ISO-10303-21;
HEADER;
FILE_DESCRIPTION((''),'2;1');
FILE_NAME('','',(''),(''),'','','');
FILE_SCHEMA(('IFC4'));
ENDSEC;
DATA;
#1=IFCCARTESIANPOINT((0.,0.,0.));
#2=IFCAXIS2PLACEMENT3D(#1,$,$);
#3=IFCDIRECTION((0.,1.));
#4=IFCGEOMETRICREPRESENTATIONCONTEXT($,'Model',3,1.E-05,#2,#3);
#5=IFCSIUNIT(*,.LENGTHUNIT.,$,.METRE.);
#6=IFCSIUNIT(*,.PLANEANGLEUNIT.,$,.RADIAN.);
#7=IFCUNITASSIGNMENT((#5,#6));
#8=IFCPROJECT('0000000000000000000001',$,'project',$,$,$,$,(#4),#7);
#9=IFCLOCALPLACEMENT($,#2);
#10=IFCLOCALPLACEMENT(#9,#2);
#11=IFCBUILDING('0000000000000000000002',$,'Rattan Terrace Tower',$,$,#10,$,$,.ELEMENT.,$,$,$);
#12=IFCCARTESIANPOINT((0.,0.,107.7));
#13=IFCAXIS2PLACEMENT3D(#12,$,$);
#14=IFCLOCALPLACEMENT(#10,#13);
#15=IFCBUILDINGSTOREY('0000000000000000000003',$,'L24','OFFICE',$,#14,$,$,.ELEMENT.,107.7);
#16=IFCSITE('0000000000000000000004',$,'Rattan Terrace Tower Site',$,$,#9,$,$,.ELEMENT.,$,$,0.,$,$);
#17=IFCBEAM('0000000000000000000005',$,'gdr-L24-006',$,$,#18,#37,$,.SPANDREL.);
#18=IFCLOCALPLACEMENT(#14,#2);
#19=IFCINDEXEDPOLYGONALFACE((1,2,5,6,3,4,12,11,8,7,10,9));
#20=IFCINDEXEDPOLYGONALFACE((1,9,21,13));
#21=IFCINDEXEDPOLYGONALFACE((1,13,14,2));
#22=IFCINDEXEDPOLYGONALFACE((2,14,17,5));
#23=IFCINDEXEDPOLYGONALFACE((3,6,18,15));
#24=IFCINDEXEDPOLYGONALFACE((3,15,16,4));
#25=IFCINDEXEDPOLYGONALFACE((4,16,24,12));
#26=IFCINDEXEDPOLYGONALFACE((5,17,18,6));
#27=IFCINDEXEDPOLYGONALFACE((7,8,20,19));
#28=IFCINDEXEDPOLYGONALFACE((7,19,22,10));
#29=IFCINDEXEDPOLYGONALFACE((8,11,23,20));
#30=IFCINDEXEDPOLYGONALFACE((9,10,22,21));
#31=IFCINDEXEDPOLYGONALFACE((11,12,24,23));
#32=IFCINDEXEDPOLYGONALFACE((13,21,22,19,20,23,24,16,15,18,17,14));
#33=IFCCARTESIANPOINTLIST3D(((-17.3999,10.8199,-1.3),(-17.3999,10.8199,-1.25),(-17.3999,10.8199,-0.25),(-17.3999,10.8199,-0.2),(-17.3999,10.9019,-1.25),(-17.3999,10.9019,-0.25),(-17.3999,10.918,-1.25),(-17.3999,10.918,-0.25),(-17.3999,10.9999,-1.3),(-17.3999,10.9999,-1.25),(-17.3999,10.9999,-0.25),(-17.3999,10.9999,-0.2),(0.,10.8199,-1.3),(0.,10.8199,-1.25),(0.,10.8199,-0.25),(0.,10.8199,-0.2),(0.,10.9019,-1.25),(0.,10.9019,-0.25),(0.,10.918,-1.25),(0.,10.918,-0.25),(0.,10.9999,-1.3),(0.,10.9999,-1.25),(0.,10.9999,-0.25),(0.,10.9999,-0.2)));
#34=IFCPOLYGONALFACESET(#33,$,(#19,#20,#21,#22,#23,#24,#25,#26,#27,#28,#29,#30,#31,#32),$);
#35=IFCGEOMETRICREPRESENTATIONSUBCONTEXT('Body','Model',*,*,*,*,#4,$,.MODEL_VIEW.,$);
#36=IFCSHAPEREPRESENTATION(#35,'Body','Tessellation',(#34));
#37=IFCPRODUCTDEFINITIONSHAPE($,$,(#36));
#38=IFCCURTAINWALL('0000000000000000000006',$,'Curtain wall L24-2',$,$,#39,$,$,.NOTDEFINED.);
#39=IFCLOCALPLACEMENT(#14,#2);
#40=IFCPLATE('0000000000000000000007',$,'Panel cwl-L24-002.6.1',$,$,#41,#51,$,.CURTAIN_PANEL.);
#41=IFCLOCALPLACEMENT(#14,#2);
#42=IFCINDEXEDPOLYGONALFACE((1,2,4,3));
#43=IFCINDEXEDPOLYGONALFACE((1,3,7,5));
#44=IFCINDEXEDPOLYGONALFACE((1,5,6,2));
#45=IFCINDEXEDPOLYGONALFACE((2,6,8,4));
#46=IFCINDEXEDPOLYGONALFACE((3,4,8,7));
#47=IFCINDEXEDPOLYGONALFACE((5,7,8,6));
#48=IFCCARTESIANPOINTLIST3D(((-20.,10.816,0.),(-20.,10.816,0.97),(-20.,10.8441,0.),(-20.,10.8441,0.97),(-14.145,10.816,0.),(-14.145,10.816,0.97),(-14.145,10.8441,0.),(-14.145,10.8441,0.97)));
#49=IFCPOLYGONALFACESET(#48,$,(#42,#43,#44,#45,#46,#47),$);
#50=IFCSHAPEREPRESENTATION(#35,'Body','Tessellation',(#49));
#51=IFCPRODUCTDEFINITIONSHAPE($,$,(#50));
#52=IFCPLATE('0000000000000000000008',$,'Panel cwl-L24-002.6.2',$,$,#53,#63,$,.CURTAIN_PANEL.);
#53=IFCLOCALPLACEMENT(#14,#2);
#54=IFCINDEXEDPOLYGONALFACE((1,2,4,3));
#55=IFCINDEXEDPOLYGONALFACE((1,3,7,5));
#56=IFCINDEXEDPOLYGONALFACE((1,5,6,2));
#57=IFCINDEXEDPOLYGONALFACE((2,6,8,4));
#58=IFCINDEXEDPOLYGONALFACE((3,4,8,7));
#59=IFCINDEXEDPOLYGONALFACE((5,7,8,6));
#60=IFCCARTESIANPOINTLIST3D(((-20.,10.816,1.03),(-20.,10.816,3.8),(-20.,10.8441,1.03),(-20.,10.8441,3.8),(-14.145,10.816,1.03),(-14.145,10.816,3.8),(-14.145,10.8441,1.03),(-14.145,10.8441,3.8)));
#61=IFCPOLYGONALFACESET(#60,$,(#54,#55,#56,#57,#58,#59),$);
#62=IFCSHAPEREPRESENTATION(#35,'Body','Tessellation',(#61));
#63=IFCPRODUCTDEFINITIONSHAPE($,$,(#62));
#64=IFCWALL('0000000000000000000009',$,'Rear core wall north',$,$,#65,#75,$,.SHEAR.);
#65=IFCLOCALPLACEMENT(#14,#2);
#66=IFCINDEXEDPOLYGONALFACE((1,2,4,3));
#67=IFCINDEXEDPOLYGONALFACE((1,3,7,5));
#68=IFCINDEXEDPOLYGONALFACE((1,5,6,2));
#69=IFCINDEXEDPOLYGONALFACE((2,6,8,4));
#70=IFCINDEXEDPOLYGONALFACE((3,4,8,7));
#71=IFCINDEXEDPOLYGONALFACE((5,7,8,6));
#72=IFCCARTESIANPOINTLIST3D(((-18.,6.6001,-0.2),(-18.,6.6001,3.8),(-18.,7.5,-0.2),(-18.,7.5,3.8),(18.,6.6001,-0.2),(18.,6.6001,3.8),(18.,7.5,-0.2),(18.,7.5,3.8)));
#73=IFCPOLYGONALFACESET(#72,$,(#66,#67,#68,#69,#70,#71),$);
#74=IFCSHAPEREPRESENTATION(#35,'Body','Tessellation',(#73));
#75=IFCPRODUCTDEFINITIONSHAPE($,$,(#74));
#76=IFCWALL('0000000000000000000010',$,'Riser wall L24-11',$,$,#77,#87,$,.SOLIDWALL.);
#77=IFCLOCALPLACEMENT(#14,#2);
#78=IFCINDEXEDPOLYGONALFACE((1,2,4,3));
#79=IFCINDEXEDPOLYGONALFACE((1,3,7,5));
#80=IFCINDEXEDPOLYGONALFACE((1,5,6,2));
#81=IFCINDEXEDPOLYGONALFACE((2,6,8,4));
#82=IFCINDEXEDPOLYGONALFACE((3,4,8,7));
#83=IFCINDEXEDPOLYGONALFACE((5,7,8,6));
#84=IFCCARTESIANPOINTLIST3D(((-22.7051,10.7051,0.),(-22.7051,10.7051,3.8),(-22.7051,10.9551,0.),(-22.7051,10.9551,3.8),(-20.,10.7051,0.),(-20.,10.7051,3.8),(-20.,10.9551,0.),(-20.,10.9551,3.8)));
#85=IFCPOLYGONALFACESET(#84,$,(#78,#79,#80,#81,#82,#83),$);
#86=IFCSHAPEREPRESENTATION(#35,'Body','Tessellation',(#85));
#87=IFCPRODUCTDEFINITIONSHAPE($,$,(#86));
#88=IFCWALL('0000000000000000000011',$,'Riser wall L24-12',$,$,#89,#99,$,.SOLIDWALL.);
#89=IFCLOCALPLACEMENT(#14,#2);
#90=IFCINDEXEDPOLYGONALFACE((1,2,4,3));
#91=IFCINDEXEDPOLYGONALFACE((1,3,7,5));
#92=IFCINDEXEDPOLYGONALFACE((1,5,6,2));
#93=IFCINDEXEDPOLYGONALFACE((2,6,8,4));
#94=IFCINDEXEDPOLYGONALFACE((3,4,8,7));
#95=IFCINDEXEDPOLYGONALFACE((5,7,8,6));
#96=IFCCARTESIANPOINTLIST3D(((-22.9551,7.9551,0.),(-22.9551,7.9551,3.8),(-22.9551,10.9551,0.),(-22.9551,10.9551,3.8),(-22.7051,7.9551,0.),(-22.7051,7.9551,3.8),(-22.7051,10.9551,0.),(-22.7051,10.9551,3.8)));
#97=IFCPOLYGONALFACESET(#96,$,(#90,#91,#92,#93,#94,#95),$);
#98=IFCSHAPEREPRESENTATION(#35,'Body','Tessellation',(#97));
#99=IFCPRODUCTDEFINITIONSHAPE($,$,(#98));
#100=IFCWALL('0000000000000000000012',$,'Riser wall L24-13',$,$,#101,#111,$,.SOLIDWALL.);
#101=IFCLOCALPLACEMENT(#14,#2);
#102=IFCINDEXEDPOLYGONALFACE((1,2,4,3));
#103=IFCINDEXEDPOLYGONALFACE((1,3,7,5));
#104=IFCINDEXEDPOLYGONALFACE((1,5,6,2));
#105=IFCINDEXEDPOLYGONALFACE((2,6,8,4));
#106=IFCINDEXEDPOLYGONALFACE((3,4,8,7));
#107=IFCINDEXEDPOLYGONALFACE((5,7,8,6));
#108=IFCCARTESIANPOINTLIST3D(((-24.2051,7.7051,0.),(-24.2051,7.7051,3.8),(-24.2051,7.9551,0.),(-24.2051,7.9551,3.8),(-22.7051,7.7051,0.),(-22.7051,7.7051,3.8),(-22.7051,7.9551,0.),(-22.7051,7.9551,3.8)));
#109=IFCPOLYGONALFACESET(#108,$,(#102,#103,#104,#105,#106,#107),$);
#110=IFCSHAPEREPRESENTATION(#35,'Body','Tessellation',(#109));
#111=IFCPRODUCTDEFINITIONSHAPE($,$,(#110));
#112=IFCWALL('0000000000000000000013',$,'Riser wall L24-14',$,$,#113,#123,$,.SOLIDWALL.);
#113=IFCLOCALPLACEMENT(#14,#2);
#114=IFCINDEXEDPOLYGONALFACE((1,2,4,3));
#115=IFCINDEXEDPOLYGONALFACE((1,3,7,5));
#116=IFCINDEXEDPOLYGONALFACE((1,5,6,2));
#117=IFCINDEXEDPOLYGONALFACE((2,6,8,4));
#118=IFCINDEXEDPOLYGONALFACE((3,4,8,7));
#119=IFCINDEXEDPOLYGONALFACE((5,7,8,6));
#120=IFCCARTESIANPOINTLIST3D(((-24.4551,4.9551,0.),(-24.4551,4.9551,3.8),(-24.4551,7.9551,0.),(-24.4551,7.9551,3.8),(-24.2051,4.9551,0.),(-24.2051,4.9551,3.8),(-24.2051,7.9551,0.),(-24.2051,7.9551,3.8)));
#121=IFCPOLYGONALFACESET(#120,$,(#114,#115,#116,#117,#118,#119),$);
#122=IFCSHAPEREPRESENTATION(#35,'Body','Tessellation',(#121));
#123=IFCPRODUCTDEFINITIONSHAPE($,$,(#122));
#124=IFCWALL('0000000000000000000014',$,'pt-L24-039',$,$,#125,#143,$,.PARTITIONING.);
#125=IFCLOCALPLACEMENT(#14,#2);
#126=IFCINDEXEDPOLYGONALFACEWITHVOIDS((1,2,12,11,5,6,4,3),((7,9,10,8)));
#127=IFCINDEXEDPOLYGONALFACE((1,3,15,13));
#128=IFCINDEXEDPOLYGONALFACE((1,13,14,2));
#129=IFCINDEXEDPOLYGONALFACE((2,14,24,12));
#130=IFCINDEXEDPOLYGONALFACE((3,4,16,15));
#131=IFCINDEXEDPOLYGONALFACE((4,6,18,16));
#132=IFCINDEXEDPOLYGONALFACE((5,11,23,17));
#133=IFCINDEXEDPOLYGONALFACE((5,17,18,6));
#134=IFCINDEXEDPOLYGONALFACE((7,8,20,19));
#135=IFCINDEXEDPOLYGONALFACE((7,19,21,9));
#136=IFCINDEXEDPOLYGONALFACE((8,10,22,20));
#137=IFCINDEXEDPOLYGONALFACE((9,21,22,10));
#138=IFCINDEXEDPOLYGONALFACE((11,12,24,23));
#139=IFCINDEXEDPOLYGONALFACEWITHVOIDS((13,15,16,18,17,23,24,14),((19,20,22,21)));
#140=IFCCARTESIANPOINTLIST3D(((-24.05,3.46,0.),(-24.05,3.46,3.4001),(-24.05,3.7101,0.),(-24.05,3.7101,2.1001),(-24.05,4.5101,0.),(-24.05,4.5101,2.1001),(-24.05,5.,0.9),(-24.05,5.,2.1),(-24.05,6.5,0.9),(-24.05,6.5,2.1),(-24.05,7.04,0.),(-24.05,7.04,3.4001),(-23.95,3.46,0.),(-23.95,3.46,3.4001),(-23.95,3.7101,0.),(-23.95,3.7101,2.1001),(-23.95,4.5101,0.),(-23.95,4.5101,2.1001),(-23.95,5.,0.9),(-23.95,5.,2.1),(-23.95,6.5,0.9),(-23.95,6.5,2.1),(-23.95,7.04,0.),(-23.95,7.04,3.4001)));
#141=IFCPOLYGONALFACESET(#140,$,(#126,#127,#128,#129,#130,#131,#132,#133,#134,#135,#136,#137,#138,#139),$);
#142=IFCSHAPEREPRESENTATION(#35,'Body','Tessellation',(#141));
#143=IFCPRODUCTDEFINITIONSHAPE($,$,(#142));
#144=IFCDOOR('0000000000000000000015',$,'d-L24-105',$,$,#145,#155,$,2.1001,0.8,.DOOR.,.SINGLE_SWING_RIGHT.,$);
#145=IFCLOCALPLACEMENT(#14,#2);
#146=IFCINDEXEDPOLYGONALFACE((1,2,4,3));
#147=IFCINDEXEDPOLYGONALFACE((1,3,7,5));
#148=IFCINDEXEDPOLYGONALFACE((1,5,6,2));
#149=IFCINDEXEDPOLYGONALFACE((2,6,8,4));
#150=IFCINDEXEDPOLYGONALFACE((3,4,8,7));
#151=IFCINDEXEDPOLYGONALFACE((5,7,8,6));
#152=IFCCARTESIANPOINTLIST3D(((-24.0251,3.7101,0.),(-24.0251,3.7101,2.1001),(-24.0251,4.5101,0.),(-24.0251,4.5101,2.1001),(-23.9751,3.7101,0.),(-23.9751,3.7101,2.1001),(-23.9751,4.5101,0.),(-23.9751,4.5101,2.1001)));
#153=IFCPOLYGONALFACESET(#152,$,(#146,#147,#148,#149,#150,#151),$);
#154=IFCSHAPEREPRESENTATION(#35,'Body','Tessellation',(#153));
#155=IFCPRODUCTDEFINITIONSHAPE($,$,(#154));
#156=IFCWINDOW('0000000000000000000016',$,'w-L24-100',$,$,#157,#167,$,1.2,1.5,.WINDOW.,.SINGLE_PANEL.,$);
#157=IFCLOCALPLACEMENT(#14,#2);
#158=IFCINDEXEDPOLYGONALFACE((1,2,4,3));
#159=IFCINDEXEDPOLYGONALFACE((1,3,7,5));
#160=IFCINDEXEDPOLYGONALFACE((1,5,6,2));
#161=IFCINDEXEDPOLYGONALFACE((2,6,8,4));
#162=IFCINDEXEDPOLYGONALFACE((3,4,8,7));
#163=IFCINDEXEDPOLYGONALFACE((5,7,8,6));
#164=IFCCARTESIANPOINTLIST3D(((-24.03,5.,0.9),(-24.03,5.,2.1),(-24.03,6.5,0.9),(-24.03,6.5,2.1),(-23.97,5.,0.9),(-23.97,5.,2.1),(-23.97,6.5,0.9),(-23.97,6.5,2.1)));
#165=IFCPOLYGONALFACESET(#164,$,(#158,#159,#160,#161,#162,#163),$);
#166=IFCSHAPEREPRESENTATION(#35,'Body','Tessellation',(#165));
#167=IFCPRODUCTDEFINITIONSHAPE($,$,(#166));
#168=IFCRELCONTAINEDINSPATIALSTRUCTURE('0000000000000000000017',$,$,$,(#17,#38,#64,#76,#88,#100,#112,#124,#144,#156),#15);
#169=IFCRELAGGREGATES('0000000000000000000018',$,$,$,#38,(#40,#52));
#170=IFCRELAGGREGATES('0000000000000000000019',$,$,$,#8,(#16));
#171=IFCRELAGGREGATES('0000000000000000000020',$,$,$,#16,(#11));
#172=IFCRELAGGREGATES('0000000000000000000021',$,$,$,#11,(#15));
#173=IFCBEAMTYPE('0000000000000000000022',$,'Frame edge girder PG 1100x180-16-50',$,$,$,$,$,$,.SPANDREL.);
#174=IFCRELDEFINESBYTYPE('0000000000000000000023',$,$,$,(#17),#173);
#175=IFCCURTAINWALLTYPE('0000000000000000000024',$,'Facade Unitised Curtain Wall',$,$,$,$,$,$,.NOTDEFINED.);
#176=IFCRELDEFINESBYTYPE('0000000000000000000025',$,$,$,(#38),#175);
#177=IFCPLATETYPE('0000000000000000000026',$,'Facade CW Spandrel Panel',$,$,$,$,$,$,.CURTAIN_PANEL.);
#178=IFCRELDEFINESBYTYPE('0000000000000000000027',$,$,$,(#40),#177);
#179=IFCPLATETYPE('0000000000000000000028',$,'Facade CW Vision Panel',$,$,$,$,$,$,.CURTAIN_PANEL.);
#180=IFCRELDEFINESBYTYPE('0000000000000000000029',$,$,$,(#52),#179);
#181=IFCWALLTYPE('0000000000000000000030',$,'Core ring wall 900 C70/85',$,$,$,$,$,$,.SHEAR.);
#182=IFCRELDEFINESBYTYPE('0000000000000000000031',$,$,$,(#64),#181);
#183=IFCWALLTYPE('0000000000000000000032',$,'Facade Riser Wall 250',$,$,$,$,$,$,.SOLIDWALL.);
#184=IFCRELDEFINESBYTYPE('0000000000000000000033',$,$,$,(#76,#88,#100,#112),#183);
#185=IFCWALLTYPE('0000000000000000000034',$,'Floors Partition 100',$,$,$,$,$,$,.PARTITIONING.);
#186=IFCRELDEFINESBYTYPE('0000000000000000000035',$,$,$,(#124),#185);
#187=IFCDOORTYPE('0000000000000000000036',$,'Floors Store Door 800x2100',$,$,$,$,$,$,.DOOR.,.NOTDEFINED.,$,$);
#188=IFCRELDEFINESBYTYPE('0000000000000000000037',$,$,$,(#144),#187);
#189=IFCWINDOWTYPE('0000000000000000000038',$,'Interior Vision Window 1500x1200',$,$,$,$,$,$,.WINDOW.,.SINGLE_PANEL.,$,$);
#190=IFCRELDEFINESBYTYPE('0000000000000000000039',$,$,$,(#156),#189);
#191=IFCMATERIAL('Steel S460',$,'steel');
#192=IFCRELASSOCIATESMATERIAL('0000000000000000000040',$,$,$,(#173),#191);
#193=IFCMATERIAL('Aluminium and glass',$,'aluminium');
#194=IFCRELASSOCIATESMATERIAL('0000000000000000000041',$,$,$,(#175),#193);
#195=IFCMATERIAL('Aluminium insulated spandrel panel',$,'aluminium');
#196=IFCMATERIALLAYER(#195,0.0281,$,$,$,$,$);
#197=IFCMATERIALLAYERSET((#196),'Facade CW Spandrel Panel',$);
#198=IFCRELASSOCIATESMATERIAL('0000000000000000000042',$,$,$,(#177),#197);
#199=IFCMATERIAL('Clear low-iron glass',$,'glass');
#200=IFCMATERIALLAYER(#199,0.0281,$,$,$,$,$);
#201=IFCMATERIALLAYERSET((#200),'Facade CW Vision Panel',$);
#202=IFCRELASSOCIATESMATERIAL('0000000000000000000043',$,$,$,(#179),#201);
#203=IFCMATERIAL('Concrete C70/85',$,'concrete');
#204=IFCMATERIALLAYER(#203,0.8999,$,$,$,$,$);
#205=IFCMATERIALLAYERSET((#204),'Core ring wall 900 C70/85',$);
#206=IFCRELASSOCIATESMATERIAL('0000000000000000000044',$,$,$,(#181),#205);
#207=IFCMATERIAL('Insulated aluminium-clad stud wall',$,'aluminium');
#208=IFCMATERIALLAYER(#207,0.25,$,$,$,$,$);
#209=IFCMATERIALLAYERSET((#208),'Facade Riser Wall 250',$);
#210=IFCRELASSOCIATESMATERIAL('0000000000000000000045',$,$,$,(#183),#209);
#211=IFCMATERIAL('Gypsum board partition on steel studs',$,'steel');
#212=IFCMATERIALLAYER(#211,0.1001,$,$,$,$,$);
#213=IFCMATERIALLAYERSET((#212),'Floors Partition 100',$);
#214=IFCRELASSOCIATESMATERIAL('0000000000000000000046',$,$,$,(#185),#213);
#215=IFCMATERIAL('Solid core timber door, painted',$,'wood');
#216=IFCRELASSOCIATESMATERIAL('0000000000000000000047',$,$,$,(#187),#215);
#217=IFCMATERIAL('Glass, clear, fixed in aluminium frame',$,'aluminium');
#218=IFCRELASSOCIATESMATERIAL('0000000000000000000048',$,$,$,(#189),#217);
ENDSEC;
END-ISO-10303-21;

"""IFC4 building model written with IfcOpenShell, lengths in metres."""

from ifc_helpers import new_model, si_unit, direction, frame, frame_2d, origin, origin_2d, place, context, subcontext, project, spatial, rectangle, i_section, extrude, material, layer, layer_set, material_profile, profile_set, type_object, element, fill, aggregate, save


model = new_model("IFC4")

# Units and contexts
model_context = context("Model", 3, precision=1e-05, world=origin(), true_north=direction((0.0, 1.0)))
body_context = subcontext(model_context, "Body", "Model", "MODEL_VIEW")
ifc_project = project(units=[si_unit("LENGTHUNIT", "METRE"), si_unit("PLANEANGLEUNIT", "RADIAN")], contexts=[model_context])

# Site, building, storey
site_placement = place(None, origin())
site = spatial("IfcSite", under=ifc_project, at=site_placement, Name="Rattan Terrace Tower Site", CompositionType="ELEMENT", RefElevation=0.0)
building_placement = place(site_placement, origin())
building = spatial("IfcBuilding", under=site, at=building_placement, Name="Rattan Terrace Tower", CompositionType="ELEMENT")
storey_placement = place(building_placement, frame((0.0, 0.0, 107.7)))
storey = spatial("IfcBuildingStorey", under=building, at=storey_placement, Name="L24", Description="OFFICE", CompositionType="ELEMENT", Elevation=107.7)

# Beam
ifc_material_1 = material(Name="Steel S460", Category="steel")
ifc_material_profile = material_profile(ifc_material_1, i_section(OverallWidth=0.1799, OverallDepth=1.1001, WebThickness=0.0161, FlangeThickness=0.05, at=origin_2d()), Name="PG 1100x180-16-50")
ifc_profile_set = profile_set([ifc_material_profile], Name="Steel S460")
beam_type = type_object("IfcBeamType", Name="Frame edge girder PG 1100x180-16-50", PredefinedType="SPANDREL", material=ifc_profile_set)
beam_placement = place(storey_placement, frame((-17.3999, 10.9099, -0.75), z_axis=(1.0, 0.0, 0.0), x_axis=(0.0, 1.0, 0.0)))
element("IfcBeam", 1, at=beam_placement, inside=storey, type_object=beam_type, Name="gdr-L24-006", PredefinedType="SPANDREL", context=body_context, shape_type="SweptSolid", body=[
    extrude(i_section(OverallWidth=0.1799, OverallDepth=1.1001, WebThickness=0.0161, FlangeThickness=0.05, at=origin_2d()), origin(), (0.0, 0.0, 1.0), 17.3999),
])

# Curtain wall, plates
ifc_material_2 = material(Name="Aluminium and glass", Category="aluminium")
curtain_wall_type = type_object("IfcCurtainWallType", Name="Facade Unitised Curtain Wall", PredefinedType="NOTDEFINED", material=ifc_material_2)
curtain_wall_placement = place(storey_placement, origin())
curtain_wall = element("IfcCurtainWall", 2, at=curtain_wall_placement, inside=storey, type_object=curtain_wall_type, Name="Curtain wall L24-2", PredefinedType="NOTDEFINED")
ifc_material_3 = material(Name="Aluminium insulated spandrel panel", Category="aluminium")
ifc_layer_1 = layer(ifc_material_3, 0.0281)
ifc_layer_set_1 = layer_set([ifc_layer_1], Name="Facade CW Spandrel Panel")
plate_type_1 = type_object("IfcPlateType", Name="Facade CW Spandrel Panel", PredefinedType="CURTAIN_PANEL", material=ifc_layer_set_1)
plate_1_placement = place(storey_placement, frame((-17.0725, 10.8301, 0.0), z_axis=(0.0, 0.0, 1.0), x_axis=(-1.0, 0.0, 0.0)))
plate_1 = element("IfcPlate", 3, at=plate_1_placement, type_object=plate_type_1, Name="Panel cwl-L24-002.6.1", PredefinedType="CURTAIN_PANEL", context=body_context, shape_type="SweptSolid", body=[
    extrude(rectangle(XDim=5.855, YDim=0.0281, at=origin_2d()), origin(), (0.0, 0.0, 1.0), 0.97),
])
ifc_material_4 = material(Name="Clear low-iron glass", Category="glass")
ifc_layer_2 = layer(ifc_material_4, 0.0281)
ifc_layer_set_2 = layer_set([ifc_layer_2], Name="Facade CW Vision Panel")
plate_type_2 = type_object("IfcPlateType", Name="Facade CW Vision Panel", PredefinedType="CURTAIN_PANEL", material=ifc_layer_set_2)
plate_2_placement = place(storey_placement, frame((-17.0725, 10.8301, 1.03), z_axis=(0.0, 0.0, 1.0), x_axis=(-1.0, 0.0, 0.0)))
plate_2 = element("IfcPlate", 4, at=plate_2_placement, type_object=plate_type_2, Name="Panel cwl-L24-002.6.2", PredefinedType="CURTAIN_PANEL", context=body_context, shape_type="SweptSolid", body=[
    extrude(rectangle(XDim=5.855, YDim=0.0281, at=origin_2d()), origin(), (0.0, 0.0, 1.0), 2.77),
])
aggregate(curtain_wall, [plate_1, plate_2])

# Walls
ifc_material_5 = material(Name="Concrete C70/85", Category="concrete")
ifc_layer_3 = layer(ifc_material_5, 0.8999)
ifc_layer_set_3 = layer_set([ifc_layer_3], Name="Core ring wall 900 C70/85")
wall_type_1 = type_object("IfcWallType", Name="Core ring wall 900 C70/85", PredefinedType="SHEAR", material=ifc_layer_set_3)
wall_1_placement = place(storey_placement, frame((-18.0, 7.05, -0.2), z_axis=(0.0, 0.0, 1.0), x_axis=(1.0, 0.0, 0.0)))
element("IfcWall", 5, at=wall_1_placement, inside=storey, type_object=wall_type_1, Name="Rear core wall north", PredefinedType="SHEAR", context=body_context, shape_type="SweptSolid", body=[
    extrude(rectangle(XDim=36.0, YDim=0.8999, at=frame_2d((18.0, 0.0))), origin(), (0.0, 0.0, 1.0), 4.0),
])
ifc_material_6 = material(Name="Insulated aluminium-clad stud wall", Category="aluminium")
ifc_layer_4 = layer(ifc_material_6, 0.25)
ifc_layer_set_4 = layer_set([ifc_layer_4], Name="Facade Riser Wall 250")
wall_type_2 = type_object("IfcWallType", Name="Facade Riser Wall 250", PredefinedType="SOLIDWALL", material=ifc_layer_set_4)
wall_2_placement = place(storey_placement, frame((-20.0, 10.8301, 0.0), z_axis=(0.0, 0.0, 1.0), x_axis=(-1.0, 0.0, 0.0)))
element("IfcWall", 6, at=wall_2_placement, inside=storey, type_object=wall_type_2, Name="Riser wall L24-11", PredefinedType="SOLIDWALL", context=body_context, shape_type="SweptSolid", body=[
    extrude(rectangle(XDim=2.7051, YDim=0.25, at=frame_2d((1.3525, 0.0))), origin(), (0.0, 0.0, 1.0), 3.8),
])
wall_3_placement = place(storey_placement, frame((-22.8301, 10.9551, 0.0), z_axis=(0.0, 0.0, 1.0), x_axis=(0.0, -1.0, 0.0)))
element("IfcWall", 7, at=wall_3_placement, inside=storey, type_object=wall_type_2, Name="Riser wall L24-12", PredefinedType="SOLIDWALL", context=body_context, shape_type="SweptSolid", body=[
    extrude(rectangle(XDim=3.0, YDim=0.25, at=frame_2d((1.5, 0.0))), origin(), (0.0, 0.0, 1.0), 3.8),
])
wall_4_placement = place(storey_placement, frame((-22.7051, 7.8301, 0.0), z_axis=(0.0, 0.0, 1.0), x_axis=(-1.0, 0.0, 0.0)))
element("IfcWall", 8, at=wall_4_placement, inside=storey, type_object=wall_type_2, Name="Riser wall L24-13", PredefinedType="SOLIDWALL", context=body_context, shape_type="SweptSolid", body=[
    extrude(rectangle(XDim=1.5, YDim=0.25, at=frame_2d((0.75, 0.0))), origin(), (0.0, 0.0, 1.0), 3.8),
])
wall_5_placement = place(storey_placement, frame((-24.3301, 7.9551, 0.0), z_axis=(0.0, 0.0, 1.0), x_axis=(0.0, -1.0, 0.0)))
element("IfcWall", 9, at=wall_5_placement, inside=storey, type_object=wall_type_2, Name="Riser wall L24-14", PredefinedType="SOLIDWALL", context=body_context, shape_type="SweptSolid", body=[
    extrude(rectangle(XDim=3.0, YDim=0.25, at=frame_2d((1.5, 0.0))), origin(), (0.0, 0.0, 1.0), 3.8),
])

# Wall, openings, door, window
ifc_material_7 = material(Name="Gypsum board partition on steel studs", Category="steel")
ifc_layer_5 = layer(ifc_material_7, 0.1001)
ifc_layer_set_5 = layer_set([ifc_layer_5], Name="Floors Partition 100")
wall_type_3 = type_object("IfcWallType", Name="Floors Partition 100", PredefinedType="PARTITIONING", material=ifc_layer_set_5)
wall_6_placement = place(storey_placement, frame((-24.0, 7.04, 0.0), z_axis=(0.0, 0.0, 1.0), x_axis=(0.0, -1.0, 0.0)))
wall_6 = element("IfcWall", 10, at=wall_6_placement, inside=storey, type_object=wall_type_3, Name="pt-L24-039", PredefinedType="PARTITIONING", context=body_context, shape_type="SweptSolid", body=[
    extrude(rectangle(XDim=3.5801, YDim=0.1001, at=frame_2d((1.79, 0.0))), origin(), (0.0, 0.0, 1.0), 3.4001),
])
opening_1_placement = place(wall_6_placement, frame((2.53, 0.0, 0.0)))
opening_1 = element("IfcOpeningElement", 11, at=opening_1_placement, cuts=wall_6, PredefinedType="OPENING", context=body_context, shape_type="SweptSolid", body=[
    extrude(rectangle(XDim=0.8, YDim=2.1001, at=frame_2d((0.3999, 1.05))), frame((0.0, 0.0605, 0.0), z_axis=(0.0, -1.0, 0.0), x_axis=(1.0, 0.0, 0.0)), (0.0, 0.0, 1.0), 0.1211),
])
opening_2_placement = place(wall_6_placement, frame((0.54, 0.0, 0.8999)))
opening_2 = element("IfcOpeningElement", 12, at=opening_2_placement, cuts=wall_6, PredefinedType="OPENING", context=body_context, shape_type="SweptSolid", body=[
    extrude(rectangle(XDim=1.5, YDim=1.2, at=frame_2d((0.75, 0.6001))), frame((0.0, 0.0605, 0.0), z_axis=(0.0, -1.0, 0.0), x_axis=(1.0, 0.0, 0.0)), (0.0, 0.0, 1.0), 0.1211),
])
ifc_material_8 = material(Name="Solid core timber door, painted", Category="wood")
door_type = type_object("IfcDoorType", Name="Floors Store Door 800x2100", OperationType="NOTDEFINED", PredefinedType="DOOR", material=ifc_material_8)
door_placement = place(opening_1_placement, origin())
door = element("IfcDoor", 13, at=door_placement, inside=storey, type_object=door_type, Name="d-L24-105", OperationType="SINGLE_SWING_RIGHT", OverallHeight=2.1001, OverallWidth=0.8, PredefinedType="DOOR", context=body_context, shape_type="SweptSolid", body=[
    extrude(rectangle(XDim=0.8, YDim=2.1001, at=frame_2d((0.3999, 1.05))), frame((0.0, 0.0249, 0.0), z_axis=(0.0, -1.0, 0.0), x_axis=(1.0, 0.0, 0.0)), (0.0, 0.0, 1.0), 0.05),
])
fill(opening_1, door)
ifc_material_9 = material(Name="Glass, clear, fixed in aluminium frame", Category="aluminium")
window_type_1 = type_object("IfcWindowType", Name="Interior Vision Window 1500x1200", PartitioningType="SINGLE_PANEL", PredefinedType="WINDOW", material=ifc_material_9)
window_1_placement = place(opening_2_placement, origin())
window_1 = element("IfcWindow", 14, at=window_1_placement, inside=storey, type_object=window_type_1, Name="w-L24-100", OverallHeight=1.2, OverallWidth=1.5, PartitioningType="SINGLE_PANEL", PredefinedType="WINDOW", context=body_context, shape_type="SweptSolid", body=[
    extrude(rectangle(XDim=1.5, YDim=1.2, at=frame_2d((0.75, 0.6001))), frame((0.0, 0.03, 0.0), z_axis=(0.0, -1.0, 0.0), x_axis=(1.0, 0.0, 0.0)), (0.0, 0.0, 1.0), 0.0601),
])
fill(opening_2, window_1)

save(model, "model.ifc")
